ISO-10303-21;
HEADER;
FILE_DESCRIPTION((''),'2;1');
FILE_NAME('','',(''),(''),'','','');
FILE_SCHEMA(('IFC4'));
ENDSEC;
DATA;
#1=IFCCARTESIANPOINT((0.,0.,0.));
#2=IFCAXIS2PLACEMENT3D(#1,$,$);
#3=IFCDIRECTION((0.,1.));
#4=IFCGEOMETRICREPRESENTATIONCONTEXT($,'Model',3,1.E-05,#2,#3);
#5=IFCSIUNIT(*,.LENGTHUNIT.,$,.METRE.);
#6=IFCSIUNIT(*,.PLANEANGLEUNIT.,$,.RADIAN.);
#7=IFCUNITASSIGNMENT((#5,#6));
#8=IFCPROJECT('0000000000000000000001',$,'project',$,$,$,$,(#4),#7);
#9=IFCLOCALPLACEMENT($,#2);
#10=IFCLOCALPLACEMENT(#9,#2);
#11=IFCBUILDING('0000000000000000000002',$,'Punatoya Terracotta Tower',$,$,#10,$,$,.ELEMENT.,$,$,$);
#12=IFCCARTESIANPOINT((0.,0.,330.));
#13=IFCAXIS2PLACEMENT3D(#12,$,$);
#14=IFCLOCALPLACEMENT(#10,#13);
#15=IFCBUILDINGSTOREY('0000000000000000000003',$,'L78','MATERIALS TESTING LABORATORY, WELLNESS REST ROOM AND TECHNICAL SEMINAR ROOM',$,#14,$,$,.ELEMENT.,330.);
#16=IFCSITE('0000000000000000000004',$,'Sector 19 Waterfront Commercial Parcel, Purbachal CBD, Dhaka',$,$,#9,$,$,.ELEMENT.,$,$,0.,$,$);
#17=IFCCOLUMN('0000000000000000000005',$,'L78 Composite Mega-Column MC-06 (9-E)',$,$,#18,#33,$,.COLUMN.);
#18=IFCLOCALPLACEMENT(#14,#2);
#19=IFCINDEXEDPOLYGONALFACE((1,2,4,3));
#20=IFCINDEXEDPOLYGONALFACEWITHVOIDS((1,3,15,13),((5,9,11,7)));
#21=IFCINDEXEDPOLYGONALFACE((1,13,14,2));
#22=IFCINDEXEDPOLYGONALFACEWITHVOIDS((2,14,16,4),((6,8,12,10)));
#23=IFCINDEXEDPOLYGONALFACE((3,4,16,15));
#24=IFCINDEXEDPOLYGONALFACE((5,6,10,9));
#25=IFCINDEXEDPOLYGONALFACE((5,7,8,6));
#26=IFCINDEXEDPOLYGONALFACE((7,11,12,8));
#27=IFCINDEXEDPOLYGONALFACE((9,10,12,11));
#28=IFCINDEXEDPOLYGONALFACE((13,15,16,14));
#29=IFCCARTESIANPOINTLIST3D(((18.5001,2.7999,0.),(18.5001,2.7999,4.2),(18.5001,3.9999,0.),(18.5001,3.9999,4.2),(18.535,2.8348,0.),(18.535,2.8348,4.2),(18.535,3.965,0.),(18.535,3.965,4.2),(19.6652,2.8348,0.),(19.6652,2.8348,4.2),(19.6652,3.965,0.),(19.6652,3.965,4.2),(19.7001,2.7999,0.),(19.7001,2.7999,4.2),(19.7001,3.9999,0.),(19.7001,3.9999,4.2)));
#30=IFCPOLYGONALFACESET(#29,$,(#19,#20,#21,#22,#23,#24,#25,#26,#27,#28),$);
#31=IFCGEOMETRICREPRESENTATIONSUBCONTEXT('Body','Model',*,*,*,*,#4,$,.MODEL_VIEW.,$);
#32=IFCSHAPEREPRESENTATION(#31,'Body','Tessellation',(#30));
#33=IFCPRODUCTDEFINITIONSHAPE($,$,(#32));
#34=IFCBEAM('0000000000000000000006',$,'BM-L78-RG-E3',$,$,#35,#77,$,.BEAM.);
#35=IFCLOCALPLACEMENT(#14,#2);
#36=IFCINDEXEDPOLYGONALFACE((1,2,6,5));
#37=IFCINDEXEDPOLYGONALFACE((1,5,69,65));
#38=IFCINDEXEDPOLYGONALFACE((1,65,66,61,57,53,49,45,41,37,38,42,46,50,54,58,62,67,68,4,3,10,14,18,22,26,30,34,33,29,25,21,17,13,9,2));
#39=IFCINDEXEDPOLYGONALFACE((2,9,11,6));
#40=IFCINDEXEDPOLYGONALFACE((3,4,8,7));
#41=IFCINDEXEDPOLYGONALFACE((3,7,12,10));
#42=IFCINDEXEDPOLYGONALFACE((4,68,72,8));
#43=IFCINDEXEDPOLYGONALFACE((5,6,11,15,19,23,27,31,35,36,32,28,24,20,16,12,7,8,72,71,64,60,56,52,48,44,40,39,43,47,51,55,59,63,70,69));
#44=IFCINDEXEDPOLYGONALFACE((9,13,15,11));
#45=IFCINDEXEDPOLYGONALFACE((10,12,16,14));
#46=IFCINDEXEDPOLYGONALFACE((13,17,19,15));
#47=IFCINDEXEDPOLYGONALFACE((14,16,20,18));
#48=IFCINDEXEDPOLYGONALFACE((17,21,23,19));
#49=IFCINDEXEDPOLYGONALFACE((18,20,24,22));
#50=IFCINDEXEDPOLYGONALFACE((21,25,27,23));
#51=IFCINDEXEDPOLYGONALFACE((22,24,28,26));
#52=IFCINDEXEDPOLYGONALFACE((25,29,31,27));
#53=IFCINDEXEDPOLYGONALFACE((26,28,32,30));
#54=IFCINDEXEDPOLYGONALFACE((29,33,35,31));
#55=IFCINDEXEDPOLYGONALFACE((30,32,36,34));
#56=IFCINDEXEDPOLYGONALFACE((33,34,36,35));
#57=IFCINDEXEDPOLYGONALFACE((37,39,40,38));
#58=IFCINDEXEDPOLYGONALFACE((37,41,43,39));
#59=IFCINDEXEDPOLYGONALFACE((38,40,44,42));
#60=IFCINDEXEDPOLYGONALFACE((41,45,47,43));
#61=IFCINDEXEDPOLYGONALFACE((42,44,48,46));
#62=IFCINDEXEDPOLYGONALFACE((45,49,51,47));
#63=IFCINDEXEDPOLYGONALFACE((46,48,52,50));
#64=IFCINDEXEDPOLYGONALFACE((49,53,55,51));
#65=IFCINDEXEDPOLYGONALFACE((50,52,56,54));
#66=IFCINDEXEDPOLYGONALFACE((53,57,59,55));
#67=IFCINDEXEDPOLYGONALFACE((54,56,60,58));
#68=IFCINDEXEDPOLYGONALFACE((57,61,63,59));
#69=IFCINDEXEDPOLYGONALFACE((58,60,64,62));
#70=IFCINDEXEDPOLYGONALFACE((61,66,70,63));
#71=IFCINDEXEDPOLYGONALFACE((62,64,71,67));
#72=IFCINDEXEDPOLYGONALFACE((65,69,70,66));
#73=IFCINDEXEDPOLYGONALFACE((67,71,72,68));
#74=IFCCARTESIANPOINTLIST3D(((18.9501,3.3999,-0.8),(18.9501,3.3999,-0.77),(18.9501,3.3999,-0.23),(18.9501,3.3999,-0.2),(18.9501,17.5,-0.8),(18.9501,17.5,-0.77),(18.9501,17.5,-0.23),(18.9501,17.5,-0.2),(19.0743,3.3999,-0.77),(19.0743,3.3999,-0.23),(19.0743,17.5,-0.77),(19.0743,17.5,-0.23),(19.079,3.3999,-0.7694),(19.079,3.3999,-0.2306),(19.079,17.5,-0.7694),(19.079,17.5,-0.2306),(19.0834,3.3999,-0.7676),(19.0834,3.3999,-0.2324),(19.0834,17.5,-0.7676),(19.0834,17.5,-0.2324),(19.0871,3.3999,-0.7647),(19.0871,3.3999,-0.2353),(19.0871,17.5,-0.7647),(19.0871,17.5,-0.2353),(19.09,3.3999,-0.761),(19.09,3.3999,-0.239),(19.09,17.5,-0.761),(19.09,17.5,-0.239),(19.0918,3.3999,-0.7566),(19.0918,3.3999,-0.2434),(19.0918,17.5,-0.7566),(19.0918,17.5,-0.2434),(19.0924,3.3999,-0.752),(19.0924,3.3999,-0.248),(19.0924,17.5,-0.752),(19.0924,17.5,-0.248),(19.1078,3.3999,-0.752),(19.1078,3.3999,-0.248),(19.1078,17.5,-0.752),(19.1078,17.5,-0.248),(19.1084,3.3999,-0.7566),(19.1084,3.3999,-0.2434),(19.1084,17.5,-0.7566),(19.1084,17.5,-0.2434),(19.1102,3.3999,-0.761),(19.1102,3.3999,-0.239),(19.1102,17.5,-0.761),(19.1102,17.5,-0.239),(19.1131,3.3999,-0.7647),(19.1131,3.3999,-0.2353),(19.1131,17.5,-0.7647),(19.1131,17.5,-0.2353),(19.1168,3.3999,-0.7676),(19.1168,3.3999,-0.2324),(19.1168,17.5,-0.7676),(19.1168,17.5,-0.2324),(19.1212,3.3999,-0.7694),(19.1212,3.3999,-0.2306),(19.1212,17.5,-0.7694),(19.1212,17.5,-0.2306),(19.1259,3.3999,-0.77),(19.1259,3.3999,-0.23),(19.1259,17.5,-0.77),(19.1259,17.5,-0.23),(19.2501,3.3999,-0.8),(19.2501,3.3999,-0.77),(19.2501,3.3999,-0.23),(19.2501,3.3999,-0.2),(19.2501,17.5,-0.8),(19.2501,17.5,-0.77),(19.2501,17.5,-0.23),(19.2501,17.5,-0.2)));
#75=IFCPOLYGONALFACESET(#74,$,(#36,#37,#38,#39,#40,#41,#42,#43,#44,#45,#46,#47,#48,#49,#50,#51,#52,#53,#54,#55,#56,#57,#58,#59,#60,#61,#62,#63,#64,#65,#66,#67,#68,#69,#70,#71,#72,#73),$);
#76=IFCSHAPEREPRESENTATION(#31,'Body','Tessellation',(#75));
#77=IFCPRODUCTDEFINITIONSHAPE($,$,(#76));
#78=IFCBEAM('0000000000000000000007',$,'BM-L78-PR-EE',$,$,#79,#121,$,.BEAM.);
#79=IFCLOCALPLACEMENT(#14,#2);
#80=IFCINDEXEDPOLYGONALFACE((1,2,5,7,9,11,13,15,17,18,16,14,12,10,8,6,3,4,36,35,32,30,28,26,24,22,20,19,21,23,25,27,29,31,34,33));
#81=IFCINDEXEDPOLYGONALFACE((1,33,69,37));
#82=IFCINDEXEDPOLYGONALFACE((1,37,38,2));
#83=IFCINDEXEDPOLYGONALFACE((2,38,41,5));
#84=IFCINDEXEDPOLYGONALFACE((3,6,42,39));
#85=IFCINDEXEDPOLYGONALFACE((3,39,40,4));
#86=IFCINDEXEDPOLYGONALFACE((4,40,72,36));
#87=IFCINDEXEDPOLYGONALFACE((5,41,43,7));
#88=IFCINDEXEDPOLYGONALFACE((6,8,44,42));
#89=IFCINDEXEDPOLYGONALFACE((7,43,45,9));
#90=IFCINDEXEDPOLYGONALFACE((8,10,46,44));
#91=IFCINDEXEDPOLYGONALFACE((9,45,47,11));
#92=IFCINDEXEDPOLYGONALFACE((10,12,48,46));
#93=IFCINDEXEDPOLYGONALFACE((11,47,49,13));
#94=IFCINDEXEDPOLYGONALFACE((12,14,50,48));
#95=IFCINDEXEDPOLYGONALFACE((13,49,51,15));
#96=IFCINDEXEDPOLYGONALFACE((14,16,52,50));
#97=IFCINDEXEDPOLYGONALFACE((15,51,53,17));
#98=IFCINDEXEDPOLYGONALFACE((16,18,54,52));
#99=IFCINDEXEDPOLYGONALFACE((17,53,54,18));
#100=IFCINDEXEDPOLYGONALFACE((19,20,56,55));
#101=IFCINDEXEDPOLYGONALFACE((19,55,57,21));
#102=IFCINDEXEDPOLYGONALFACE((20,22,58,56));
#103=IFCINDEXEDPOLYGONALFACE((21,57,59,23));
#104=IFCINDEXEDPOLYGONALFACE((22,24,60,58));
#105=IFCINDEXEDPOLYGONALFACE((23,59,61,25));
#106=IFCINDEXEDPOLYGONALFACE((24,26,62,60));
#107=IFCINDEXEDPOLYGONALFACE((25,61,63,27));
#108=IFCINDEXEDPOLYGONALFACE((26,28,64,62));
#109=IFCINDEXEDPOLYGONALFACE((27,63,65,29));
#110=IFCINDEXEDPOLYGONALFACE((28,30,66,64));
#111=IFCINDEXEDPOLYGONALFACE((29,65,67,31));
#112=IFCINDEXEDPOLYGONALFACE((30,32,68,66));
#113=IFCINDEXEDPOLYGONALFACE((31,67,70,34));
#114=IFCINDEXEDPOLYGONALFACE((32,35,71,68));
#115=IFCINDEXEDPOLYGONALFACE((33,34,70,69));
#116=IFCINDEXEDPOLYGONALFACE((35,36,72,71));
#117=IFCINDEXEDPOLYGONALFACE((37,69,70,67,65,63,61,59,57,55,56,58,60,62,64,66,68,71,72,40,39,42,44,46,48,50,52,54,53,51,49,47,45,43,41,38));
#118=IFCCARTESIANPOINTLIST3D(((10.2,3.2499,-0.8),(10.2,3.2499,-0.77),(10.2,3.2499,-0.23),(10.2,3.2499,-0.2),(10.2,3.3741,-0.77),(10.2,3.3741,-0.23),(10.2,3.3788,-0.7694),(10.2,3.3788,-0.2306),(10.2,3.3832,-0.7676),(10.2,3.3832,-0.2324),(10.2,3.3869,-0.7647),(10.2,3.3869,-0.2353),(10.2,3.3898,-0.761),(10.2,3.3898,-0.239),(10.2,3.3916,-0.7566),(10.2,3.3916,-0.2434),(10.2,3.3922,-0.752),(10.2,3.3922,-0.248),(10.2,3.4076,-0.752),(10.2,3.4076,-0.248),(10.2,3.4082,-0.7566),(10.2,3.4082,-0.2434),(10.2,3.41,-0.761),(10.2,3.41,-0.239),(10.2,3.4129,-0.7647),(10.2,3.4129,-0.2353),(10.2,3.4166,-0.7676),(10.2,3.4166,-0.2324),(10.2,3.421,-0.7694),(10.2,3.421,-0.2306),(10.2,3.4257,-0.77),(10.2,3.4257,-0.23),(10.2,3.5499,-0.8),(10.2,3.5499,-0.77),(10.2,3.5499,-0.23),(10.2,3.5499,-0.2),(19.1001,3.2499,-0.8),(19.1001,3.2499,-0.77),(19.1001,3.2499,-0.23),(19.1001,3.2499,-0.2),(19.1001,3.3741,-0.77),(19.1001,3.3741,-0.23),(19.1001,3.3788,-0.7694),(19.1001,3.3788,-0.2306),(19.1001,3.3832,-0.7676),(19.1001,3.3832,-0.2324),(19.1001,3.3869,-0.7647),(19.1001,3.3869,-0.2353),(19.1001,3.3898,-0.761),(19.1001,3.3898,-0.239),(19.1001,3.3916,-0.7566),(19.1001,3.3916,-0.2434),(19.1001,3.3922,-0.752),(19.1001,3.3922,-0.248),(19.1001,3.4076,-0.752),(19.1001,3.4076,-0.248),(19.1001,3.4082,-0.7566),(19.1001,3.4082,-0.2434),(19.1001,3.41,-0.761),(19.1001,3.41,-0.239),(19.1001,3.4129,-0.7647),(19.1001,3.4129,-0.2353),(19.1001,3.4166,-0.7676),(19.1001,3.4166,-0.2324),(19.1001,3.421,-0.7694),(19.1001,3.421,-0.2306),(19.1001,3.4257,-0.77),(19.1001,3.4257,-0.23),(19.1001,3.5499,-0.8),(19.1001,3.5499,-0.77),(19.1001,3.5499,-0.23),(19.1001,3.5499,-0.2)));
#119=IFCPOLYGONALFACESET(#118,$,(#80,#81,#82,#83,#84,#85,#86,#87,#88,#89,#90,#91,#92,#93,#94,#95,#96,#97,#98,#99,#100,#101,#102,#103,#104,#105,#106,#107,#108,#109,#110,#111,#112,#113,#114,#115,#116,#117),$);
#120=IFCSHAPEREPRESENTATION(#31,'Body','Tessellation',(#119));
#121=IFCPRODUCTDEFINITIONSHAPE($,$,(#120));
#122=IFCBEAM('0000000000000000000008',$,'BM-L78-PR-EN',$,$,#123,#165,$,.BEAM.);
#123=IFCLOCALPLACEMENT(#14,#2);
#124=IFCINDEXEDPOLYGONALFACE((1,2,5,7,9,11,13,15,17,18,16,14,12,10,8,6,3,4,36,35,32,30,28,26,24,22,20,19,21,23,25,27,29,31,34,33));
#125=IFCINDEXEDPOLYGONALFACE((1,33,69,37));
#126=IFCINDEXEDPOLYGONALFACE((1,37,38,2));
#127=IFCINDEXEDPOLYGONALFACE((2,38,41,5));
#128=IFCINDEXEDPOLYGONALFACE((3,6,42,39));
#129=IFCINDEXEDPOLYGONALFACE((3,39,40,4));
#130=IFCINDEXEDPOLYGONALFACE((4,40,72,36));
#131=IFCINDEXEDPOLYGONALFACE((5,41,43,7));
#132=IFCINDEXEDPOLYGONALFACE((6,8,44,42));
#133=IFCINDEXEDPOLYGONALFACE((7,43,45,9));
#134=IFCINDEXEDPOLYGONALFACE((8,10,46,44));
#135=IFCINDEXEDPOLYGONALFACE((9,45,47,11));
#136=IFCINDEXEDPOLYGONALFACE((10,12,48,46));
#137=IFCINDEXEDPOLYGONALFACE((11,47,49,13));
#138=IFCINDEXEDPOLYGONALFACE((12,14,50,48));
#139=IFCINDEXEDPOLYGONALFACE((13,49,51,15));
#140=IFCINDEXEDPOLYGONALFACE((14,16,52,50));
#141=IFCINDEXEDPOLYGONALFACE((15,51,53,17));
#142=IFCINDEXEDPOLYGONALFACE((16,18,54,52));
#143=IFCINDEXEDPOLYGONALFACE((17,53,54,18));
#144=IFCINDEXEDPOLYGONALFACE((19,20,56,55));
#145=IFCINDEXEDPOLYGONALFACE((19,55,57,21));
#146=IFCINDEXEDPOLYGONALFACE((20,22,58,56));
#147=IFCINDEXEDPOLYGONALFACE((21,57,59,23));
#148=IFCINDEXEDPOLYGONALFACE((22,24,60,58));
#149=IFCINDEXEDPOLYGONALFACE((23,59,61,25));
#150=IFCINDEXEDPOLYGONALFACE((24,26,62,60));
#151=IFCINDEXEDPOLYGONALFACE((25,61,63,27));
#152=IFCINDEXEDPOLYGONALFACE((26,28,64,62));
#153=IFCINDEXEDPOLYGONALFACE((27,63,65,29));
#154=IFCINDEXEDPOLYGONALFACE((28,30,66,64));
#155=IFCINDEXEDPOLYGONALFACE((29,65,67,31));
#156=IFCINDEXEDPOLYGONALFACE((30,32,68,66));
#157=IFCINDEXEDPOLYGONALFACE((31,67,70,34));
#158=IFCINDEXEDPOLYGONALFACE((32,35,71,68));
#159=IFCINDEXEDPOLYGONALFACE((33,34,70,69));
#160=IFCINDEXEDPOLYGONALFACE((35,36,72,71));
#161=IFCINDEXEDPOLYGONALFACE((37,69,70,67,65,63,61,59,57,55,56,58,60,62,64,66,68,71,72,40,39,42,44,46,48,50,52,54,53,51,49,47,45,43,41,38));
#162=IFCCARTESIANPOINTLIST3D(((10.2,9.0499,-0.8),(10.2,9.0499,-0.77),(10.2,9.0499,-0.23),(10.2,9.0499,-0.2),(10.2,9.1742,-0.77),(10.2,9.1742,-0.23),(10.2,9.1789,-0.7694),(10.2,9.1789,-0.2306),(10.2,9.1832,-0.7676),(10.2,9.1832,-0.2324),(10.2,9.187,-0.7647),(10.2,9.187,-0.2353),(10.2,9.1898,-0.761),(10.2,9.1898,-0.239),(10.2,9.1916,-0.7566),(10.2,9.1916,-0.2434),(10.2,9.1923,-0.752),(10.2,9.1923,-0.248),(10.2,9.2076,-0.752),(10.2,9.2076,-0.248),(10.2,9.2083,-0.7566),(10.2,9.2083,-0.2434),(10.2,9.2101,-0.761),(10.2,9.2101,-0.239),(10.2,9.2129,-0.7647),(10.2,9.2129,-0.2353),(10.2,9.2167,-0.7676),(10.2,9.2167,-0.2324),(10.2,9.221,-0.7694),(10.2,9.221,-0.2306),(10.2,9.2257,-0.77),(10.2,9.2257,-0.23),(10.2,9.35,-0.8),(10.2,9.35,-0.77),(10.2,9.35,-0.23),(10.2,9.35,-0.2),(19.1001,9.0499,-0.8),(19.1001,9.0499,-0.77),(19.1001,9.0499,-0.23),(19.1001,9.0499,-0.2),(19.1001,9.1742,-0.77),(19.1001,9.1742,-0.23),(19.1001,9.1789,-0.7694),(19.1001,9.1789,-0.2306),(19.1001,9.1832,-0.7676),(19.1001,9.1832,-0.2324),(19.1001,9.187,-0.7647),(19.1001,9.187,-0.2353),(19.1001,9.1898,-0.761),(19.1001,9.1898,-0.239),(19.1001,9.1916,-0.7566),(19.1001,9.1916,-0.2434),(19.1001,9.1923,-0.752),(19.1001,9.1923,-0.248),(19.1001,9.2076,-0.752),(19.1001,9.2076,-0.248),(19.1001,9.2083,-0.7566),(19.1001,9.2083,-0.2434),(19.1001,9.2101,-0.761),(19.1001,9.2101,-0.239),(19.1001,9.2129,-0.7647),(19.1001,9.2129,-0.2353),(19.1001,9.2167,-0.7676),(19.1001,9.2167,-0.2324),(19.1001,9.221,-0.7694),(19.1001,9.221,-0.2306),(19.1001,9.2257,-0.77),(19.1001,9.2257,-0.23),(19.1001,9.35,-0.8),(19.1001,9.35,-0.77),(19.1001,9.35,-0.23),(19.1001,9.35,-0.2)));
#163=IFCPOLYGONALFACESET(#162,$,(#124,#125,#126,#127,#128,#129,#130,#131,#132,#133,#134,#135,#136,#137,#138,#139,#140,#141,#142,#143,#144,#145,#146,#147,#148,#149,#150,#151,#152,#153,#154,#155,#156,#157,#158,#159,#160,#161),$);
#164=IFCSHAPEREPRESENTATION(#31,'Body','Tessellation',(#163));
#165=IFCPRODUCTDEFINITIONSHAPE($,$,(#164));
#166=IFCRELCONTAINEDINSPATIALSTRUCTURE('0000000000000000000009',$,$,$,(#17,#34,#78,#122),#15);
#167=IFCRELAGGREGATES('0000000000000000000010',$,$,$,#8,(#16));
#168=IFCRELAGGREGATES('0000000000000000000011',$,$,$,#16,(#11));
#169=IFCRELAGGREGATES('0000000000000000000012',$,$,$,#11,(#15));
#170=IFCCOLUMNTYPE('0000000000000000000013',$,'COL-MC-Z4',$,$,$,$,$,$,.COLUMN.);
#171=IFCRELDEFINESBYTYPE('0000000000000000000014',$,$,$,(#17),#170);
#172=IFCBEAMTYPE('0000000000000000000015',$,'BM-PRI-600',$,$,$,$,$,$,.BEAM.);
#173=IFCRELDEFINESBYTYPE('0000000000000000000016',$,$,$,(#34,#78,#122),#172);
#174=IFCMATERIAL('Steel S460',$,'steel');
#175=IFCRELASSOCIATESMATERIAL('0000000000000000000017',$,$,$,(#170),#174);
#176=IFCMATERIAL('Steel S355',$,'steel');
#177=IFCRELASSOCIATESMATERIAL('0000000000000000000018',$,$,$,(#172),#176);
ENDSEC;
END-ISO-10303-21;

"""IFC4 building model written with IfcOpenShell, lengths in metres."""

from ifc_helpers import new_model, si_unit, direction, frame, origin, origin_2d, place, context, subcontext, project, spatial, hollow_rectangle, i_section, extrude, material, material_profile, profile_set, type_object, element, save


model = new_model("IFC4")

# Units and contexts
model_context = context("Model", 3, precision=1e-05, world=origin(), true_north=direction((0.0, 1.0)))
body_context = subcontext(model_context, "Body", "Model", "MODEL_VIEW")
ifc_project = project(units=[si_unit("LENGTHUNIT", "METRE"), si_unit("PLANEANGLEUNIT", "RADIAN")], contexts=[model_context])

# Site, building, storey
site_placement = place(None, origin())
site = spatial("IfcSite", under=ifc_project, at=site_placement, Name="Sector 19 Waterfront Commercial Parcel, Purbachal CBD, Dhaka", CompositionType="ELEMENT", RefElevation=0.0)
building_placement = place(site_placement, origin())
building = spatial("IfcBuilding", under=site, at=building_placement, Name="Punatoya Terracotta Tower", CompositionType="ELEMENT")
storey_placement = place(building_placement, frame((0.0, 0.0, 330.0)))
storey = spatial("IfcBuildingStorey", under=building, at=storey_placement, Name="L78", Description="MATERIALS TESTING LABORATORY, WELLNESS REST ROOM AND TECHNICAL SEMINAR ROOM", CompositionType="ELEMENT", Elevation=330.0)

# Column
ifc_material_1 = material(Name="Steel S460", Category="steel")
ifc_material_profile_1 = material_profile(ifc_material_1, hollow_rectangle(XDim=1.2, YDim=1.2, WallThickness=0.0349, at=origin_2d()))
ifc_profile_set_1 = profile_set([ifc_material_profile_1], Name="Steel S460")
column_type = type_object("IfcColumnType", Name="COL-MC-Z4", PredefinedType="COLUMN", material=ifc_profile_set_1)
column_placement = place(storey_placement, frame((19.1001, 3.3999, 0.0), z_axis=(0.0, 0.0, 1.0), x_axis=(1.0, 0.0, 0.0)))
element("IfcColumn", 1, at=column_placement, inside=storey, type_object=column_type, Name="L78 Composite Mega-Column MC-06 (9-E)", PredefinedType="COLUMN", context=body_context, shape_type="SweptSolid", body=[
    extrude(hollow_rectangle(XDim=1.2, YDim=1.2, WallThickness=0.0349, at=origin_2d()), origin(), (0.0, 0.0, 1.0), 4.2),
])

# Beams
ifc_material_2 = material(Name="Steel S355", Category="steel")
ifc_material_profile_2 = material_profile(ifc_material_2, i_section(OverallWidth=0.3, OverallDepth=0.6001, WebThickness=0.0154, FlangeThickness=0.03, FilletRadius=0.0181, at=origin_2d()))
ifc_profile_set_2 = profile_set([ifc_material_profile_2], Name="Steel S355")
beam_type_1 = type_object("IfcBeamType", Name="BM-PRI-600", PredefinedType="BEAM", material=ifc_profile_set_2)
beam_1_placement = place(storey_placement, frame((19.1001, 3.3999, -0.5), z_axis=(0.0, 1.0, 0.0), x_axis=(-1.0, 0.0, 0.0)))
element("IfcBeam", 2, at=beam_1_placement, inside=storey, type_object=beam_type_1, Name="BM-L78-RG-E3", PredefinedType="BEAM", context=body_context, shape_type="SweptSolid", body=[
    extrude(i_section(OverallWidth=0.3, OverallDepth=0.6001, WebThickness=0.0154, FlangeThickness=0.03, FilletRadius=0.0181, at=origin_2d()), origin(), (0.0, 0.0, 1.0), 14.1001),
])
for number, where, z_axis, x_axis, name in (
    (3, (10.2, 3.3999, -0.5), (1.0, 0.0, 0.0), (0.0, 1.0, 0.0), "BM-L78-PR-EE"),
    (4, (10.2, 9.2, -0.5), (1.0, 0.0, 0.0), (0.0, 1.0, 0.0), "BM-L78-PR-EN"),
):
    element("IfcBeam", number, at=place(storey_placement, frame(where, z_axis=z_axis, x_axis=x_axis)), inside=storey, type_object=beam_type_1, Name=name, PredefinedType="BEAM", context=body_context, shape_type="SweptSolid", body=[
        extrude(i_section(OverallWidth=0.3, OverallDepth=0.6001, WebThickness=0.0154, FlangeThickness=0.03, FilletRadius=0.0181, at=origin_2d()), origin(), (0.0, 0.0, 1.0), 8.9001),
    ])

save(model, "model.ifc")
